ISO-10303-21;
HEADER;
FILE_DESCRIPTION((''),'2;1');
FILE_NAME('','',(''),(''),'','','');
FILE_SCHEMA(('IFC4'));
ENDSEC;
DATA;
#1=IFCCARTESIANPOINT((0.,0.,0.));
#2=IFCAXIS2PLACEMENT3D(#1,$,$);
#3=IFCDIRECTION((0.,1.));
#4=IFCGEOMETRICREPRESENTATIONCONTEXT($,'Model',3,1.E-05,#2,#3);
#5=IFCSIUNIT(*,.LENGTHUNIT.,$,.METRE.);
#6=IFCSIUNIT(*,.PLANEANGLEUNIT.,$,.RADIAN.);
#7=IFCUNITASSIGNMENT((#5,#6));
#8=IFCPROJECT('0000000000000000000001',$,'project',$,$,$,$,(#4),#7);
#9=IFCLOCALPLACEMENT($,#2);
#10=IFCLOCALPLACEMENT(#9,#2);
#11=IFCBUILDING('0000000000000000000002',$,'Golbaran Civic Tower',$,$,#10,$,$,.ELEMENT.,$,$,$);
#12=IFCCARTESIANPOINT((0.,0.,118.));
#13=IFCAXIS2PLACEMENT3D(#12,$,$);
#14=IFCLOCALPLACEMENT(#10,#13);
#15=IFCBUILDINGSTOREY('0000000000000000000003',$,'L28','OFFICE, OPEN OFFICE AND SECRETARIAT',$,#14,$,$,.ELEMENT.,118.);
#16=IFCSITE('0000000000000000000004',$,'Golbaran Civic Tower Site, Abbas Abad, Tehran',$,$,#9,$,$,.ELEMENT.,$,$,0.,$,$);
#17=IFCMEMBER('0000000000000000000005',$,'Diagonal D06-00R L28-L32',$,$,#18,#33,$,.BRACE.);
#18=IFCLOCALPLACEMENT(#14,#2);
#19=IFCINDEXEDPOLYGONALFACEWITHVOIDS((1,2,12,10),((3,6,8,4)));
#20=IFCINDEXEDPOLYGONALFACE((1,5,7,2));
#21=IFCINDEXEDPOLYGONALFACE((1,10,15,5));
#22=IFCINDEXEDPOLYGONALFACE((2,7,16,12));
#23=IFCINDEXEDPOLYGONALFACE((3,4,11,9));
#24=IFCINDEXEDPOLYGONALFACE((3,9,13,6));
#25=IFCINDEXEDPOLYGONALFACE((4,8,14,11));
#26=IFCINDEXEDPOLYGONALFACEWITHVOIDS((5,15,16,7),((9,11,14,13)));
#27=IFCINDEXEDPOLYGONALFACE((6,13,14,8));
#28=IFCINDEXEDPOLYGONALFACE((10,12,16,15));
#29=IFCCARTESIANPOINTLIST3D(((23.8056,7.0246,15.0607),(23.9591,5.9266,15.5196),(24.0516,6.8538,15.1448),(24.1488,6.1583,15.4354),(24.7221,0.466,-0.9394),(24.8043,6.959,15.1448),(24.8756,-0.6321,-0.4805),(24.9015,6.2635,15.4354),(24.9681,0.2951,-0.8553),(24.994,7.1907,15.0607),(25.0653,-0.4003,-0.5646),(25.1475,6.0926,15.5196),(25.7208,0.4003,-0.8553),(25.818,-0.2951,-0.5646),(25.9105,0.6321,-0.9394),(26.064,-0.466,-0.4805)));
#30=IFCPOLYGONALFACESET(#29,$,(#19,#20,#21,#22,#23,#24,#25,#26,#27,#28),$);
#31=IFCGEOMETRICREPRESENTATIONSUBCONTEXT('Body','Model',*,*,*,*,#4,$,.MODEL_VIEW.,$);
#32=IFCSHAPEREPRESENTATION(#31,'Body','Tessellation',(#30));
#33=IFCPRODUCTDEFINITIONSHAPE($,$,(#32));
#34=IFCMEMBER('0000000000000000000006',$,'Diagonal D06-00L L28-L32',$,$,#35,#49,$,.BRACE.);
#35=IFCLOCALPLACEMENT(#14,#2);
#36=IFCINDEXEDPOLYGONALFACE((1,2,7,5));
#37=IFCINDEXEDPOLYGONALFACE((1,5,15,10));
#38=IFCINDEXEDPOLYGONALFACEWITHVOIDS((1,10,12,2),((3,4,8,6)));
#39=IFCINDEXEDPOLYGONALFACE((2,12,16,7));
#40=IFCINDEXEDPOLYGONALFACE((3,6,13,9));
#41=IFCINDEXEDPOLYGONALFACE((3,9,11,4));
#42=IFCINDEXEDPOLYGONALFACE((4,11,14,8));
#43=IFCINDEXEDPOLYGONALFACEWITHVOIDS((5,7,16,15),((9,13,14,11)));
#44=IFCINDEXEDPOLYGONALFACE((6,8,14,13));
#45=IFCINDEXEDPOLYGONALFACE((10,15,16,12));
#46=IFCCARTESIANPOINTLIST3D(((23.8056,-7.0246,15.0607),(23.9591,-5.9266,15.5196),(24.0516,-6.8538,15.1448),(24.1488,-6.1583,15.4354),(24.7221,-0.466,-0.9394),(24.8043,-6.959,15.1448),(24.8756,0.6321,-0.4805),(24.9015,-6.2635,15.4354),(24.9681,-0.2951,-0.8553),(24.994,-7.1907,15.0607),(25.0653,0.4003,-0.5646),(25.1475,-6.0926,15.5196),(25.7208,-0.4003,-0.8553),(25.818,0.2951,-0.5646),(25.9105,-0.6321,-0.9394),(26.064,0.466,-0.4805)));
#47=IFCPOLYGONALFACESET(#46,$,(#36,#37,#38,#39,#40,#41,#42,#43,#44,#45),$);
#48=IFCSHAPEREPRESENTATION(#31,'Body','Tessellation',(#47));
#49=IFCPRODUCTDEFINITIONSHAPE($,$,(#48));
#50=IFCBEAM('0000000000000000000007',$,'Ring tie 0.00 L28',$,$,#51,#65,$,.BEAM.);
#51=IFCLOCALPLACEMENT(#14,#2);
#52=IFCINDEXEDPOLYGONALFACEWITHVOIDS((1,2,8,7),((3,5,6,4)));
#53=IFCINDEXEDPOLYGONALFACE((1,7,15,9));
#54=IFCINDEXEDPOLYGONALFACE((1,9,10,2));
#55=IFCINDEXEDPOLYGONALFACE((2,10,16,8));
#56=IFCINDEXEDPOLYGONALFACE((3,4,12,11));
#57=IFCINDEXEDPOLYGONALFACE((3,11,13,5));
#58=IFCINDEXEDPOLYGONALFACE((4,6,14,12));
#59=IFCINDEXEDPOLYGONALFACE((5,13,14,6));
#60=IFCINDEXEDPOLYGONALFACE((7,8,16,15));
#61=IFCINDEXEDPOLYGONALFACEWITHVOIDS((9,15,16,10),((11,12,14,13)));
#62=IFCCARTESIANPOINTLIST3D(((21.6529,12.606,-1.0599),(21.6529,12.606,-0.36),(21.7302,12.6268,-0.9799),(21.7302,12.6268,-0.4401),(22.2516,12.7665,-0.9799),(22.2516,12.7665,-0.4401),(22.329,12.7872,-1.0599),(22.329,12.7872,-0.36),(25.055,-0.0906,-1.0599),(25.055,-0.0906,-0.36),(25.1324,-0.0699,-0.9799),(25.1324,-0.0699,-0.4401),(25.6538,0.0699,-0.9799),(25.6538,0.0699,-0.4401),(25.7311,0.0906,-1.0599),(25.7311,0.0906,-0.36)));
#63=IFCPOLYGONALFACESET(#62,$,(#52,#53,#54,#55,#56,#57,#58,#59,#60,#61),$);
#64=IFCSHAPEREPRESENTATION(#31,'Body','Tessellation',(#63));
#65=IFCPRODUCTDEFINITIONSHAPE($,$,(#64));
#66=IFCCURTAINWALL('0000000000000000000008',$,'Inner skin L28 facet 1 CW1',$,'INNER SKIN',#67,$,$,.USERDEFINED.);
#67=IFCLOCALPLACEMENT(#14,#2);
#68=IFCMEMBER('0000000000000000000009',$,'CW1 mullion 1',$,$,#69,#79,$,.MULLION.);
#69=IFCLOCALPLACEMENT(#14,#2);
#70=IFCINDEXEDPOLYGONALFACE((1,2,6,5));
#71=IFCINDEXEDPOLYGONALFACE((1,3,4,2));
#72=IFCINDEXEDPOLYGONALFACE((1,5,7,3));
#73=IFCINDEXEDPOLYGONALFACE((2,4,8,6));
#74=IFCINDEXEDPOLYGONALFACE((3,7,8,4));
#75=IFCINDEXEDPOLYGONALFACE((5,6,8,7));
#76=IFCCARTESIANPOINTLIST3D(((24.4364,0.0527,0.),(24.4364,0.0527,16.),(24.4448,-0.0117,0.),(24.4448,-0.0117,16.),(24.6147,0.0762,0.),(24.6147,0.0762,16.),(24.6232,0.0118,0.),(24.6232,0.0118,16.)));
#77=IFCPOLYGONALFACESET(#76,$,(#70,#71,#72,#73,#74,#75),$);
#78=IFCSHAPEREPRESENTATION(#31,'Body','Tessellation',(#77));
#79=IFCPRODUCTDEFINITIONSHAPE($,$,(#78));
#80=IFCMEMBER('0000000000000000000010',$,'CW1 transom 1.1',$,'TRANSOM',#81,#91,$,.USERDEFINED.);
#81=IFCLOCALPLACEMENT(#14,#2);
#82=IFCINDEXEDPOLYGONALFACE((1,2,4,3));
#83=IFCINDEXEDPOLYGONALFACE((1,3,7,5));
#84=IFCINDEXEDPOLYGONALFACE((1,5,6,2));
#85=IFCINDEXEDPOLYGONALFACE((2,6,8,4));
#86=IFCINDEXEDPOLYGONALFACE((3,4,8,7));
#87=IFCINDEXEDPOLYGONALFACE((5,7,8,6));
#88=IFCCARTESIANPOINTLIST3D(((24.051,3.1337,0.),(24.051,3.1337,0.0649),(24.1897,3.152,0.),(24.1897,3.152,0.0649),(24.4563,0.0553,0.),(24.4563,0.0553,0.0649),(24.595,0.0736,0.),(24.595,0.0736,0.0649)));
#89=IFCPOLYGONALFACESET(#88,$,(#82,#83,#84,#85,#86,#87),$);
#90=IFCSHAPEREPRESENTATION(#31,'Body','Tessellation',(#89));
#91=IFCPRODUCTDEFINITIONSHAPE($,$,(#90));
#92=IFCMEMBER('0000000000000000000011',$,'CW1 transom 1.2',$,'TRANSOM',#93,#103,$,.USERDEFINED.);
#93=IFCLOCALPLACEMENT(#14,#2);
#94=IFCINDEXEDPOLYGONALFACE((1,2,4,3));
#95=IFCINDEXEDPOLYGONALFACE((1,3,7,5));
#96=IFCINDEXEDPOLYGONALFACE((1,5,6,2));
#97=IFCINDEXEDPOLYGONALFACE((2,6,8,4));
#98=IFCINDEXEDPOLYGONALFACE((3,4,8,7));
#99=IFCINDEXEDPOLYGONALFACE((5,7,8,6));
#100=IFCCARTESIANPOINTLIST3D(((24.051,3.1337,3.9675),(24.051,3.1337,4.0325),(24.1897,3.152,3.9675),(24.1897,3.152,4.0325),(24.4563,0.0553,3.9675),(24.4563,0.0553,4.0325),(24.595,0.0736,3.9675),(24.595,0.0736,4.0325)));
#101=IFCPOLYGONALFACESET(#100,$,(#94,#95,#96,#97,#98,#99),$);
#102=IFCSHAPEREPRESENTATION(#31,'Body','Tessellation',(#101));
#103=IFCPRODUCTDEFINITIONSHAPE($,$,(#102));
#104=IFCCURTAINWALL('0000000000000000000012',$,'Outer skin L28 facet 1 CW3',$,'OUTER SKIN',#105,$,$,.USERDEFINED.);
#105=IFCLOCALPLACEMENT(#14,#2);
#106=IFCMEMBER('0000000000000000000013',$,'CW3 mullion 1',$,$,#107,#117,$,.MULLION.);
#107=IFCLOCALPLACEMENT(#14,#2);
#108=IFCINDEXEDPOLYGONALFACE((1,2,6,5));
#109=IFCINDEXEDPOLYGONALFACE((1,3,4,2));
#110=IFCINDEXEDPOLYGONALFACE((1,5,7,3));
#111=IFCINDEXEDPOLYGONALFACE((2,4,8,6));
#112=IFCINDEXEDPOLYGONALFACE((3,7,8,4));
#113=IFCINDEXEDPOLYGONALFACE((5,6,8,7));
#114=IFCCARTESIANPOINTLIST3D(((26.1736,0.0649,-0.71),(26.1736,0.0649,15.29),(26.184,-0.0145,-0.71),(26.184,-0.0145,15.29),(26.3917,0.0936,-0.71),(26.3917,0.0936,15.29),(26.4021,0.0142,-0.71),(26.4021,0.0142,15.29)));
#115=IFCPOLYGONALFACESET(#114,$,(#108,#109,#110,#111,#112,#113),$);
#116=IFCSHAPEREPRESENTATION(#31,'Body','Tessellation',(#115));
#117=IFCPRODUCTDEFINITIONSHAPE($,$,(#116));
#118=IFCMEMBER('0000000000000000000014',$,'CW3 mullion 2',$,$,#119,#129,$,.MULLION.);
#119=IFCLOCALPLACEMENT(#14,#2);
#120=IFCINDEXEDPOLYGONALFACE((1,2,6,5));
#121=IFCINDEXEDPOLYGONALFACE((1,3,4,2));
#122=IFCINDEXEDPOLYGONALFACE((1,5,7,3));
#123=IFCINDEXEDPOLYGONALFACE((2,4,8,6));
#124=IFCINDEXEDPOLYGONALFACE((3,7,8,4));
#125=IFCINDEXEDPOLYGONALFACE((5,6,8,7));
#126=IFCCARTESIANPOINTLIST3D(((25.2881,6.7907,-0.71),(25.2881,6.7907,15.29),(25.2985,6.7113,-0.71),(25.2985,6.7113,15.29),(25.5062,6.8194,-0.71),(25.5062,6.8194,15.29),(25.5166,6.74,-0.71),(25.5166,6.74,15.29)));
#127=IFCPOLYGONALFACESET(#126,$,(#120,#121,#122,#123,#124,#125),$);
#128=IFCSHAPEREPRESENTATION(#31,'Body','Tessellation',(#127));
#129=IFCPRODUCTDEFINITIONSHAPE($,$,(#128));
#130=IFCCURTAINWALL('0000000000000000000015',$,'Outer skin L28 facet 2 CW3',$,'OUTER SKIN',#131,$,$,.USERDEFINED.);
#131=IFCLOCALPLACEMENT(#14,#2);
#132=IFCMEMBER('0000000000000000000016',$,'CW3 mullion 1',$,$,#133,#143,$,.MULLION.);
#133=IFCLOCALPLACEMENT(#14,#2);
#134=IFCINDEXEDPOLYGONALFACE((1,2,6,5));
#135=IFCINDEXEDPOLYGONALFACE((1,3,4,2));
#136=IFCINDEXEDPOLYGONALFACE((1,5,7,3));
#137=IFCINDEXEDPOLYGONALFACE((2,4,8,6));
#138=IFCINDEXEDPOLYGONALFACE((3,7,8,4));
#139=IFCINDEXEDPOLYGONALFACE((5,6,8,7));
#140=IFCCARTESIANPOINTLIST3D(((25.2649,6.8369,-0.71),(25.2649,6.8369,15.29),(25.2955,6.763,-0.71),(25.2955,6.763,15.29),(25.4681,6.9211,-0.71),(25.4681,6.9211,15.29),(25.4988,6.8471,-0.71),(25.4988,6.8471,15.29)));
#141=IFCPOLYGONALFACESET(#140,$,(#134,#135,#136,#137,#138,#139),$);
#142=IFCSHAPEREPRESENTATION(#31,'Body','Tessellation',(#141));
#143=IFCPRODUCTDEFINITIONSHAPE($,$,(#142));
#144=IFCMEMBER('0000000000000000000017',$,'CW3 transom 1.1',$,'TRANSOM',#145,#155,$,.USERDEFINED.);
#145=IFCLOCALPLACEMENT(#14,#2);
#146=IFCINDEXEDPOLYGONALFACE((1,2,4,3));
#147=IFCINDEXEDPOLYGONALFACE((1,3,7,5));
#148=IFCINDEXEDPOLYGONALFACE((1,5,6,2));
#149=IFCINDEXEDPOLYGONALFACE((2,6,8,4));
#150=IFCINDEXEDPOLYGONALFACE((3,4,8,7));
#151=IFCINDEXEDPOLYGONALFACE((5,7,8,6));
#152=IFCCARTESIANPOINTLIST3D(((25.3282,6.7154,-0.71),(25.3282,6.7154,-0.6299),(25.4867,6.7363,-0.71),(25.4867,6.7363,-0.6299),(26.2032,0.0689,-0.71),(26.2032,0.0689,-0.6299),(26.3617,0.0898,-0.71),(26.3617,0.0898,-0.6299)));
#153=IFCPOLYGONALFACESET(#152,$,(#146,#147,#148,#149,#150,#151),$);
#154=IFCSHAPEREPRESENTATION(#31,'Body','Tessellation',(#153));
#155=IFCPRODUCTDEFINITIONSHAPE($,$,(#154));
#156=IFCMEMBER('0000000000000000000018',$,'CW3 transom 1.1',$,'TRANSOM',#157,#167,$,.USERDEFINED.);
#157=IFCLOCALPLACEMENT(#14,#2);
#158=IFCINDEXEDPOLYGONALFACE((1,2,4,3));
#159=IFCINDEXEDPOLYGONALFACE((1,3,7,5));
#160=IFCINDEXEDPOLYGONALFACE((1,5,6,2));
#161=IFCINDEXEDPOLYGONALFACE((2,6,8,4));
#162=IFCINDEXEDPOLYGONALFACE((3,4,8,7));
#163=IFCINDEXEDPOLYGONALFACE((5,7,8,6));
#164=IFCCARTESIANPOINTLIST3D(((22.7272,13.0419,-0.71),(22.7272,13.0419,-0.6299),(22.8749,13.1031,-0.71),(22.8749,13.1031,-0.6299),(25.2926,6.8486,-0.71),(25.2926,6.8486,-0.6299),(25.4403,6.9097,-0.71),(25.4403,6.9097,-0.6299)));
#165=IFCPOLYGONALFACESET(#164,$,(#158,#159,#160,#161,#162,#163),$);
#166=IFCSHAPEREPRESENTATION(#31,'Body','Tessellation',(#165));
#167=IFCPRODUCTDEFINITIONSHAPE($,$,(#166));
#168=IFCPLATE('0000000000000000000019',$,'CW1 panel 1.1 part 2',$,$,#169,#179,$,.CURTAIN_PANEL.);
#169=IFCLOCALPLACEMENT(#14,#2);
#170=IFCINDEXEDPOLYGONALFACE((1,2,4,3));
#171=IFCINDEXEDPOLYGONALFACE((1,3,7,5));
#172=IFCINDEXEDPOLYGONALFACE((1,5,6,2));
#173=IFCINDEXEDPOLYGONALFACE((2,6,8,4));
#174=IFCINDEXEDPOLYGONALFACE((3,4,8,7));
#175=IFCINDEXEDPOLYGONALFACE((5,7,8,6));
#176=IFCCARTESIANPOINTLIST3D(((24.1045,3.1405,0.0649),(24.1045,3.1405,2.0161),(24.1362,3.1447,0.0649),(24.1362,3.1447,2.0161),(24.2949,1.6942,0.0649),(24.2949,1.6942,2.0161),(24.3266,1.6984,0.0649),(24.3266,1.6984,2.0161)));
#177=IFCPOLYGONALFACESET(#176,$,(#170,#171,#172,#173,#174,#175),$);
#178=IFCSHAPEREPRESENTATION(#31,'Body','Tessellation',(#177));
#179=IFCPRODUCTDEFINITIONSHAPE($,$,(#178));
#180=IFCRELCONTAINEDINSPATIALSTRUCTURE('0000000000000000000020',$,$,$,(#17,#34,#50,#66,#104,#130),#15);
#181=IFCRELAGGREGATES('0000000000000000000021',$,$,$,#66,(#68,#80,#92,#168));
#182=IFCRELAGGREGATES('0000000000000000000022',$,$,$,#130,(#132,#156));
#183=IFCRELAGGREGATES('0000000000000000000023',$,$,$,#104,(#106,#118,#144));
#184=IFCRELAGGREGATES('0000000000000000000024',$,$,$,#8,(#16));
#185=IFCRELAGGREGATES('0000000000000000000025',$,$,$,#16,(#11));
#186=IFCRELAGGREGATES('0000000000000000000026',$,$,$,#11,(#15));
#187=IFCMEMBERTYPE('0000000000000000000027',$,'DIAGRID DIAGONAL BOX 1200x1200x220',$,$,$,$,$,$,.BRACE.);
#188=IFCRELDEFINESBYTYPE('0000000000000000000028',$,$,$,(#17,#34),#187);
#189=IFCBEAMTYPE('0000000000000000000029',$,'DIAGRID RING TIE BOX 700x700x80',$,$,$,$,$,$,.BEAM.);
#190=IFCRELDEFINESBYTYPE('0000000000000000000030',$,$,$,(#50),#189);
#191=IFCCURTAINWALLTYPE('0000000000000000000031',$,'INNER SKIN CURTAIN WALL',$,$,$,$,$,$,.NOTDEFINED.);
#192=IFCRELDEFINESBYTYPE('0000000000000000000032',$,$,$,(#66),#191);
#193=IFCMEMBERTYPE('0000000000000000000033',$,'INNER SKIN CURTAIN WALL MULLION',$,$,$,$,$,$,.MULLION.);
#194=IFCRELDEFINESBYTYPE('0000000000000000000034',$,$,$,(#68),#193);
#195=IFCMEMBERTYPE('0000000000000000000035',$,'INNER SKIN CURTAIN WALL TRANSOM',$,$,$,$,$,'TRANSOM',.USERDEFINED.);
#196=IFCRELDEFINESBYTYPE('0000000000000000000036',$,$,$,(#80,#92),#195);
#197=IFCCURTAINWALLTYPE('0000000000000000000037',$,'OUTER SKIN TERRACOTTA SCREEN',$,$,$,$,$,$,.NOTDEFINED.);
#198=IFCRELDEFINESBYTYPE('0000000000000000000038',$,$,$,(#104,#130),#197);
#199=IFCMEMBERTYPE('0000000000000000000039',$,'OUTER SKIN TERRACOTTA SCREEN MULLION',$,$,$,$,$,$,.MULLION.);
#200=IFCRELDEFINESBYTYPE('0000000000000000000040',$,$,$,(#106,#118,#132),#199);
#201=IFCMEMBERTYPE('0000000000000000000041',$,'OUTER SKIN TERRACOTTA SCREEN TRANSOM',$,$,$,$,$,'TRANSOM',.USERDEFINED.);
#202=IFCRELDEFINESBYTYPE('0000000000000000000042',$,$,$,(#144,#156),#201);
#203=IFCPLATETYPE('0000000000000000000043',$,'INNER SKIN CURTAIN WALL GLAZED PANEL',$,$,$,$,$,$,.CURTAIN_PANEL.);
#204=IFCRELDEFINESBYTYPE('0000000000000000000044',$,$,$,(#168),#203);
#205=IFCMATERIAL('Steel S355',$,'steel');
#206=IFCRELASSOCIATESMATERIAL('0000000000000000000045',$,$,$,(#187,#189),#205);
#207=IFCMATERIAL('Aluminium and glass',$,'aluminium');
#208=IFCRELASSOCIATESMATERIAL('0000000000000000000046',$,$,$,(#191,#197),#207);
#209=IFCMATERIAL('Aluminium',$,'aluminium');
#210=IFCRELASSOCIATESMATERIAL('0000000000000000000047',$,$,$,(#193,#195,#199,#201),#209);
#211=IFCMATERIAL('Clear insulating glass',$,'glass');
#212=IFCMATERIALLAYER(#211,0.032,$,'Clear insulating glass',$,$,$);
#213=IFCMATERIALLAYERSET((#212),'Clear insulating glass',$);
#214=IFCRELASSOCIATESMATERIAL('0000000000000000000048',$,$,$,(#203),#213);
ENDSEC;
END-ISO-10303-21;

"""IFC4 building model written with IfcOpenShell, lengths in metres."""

from ifc_helpers import new_model, si_unit, direction, frame, origin, origin_2d, place, context, subcontext, project, spatial, rectangle, hollow_rectangle, extrude, material, layer, layer_set, material_profile, profile_set, type_object, element, aggregate, save


model = new_model("IFC4")

# Units and contexts
model_context = context("Model", 3, precision=1e-05, world=origin(), true_north=direction((0.0, 1.0)))
body_context = subcontext(model_context, "Body", "Model", "MODEL_VIEW")
ifc_project = project(units=[si_unit("LENGTHUNIT", "METRE"), si_unit("PLANEANGLEUNIT", "RADIAN")], contexts=[model_context])

# Site, building, storey
site_placement = place(None, origin())
site = spatial("IfcSite", under=ifc_project, at=site_placement, Name="Golbaran Civic Tower Site, Abbas Abad, Tehran", CompositionType="ELEMENT", RefElevation=0.0)
building_placement = place(site_placement, origin())
building = spatial("IfcBuilding", under=site, at=building_placement, Name="Golbaran Civic Tower", CompositionType="ELEMENT")
storey_placement = place(building_placement, frame((0.0, 0.0, 118.0)))
storey = spatial("IfcBuildingStorey", under=building, at=storey_placement, Name="L28", Description="OFFICE, OPEN OFFICE AND SECRETARIAT", CompositionType="ELEMENT", Elevation=118.0)

# Members
ifc_material_1 = material(Name="Steel S355", Category="steel")
ifc_material_profile_1 = material_profile(ifc_material_1, hollow_rectangle(XDim=1.2, YDim=1.2, WallThickness=0.22, at=origin_2d()), Name="BOX 1200x1200x220")
ifc_profile_set_1 = profile_set([ifc_material_profile_1], Name="Steel S355")
member_type_1 = type_object("IfcMemberType", Name="DIAGRID DIAGONAL BOX 1200x1200x220", PredefinedType="BRACE", material=ifc_profile_set_1)
for number, where, z_axis, x_axis, name in (
    (1, (25.3931, 0.0, -0.71), (-0.052927, 0.378752, 0.923984), (-0.990377, -0.138396, 0.0), "Diagonal D06-00R L28-L32"),
    (2, (25.3931, 0.0, -0.71), (-0.052927, -0.378752, 0.923984), (0.990377, -0.138396, 0.0), "Diagonal D06-00L L28-L32"),
):
    element("IfcMember", number, at=place(storey_placement, frame(where, z_axis=z_axis, x_axis=x_axis)), inside=storey, type_object=member_type_1, Name=name, PredefinedType="BRACE", context=body_context, shape_type="SweptSolid", body=[
        extrude(hollow_rectangle(XDim=1.2, YDim=1.2, WallThickness=0.22, at=origin_2d()), origin(), (0.0, 0.0, 1.0), 17.3164),
    ])

# Beam
ifc_material_profile_2 = material_profile(ifc_material_1, hollow_rectangle(XDim=0.7, YDim=0.7, WallThickness=0.0801, at=origin_2d()), Name="BOX 700x700x80")
ifc_profile_set_2 = profile_set([ifc_material_profile_2], Name="Steel S355")
beam_type = type_object("IfcBeamType", Name="DIAGRID RING TIE BOX 700x700x80", PredefinedType="BEAM", material=ifc_profile_set_2)
beam_placement = place(storey_placement, frame((25.3931, 0.0, -0.71), z_axis=(-0.258824, 0.965924, 0.0), x_axis=(-0.965924, -0.258824, 0.0)))
element("IfcBeam", 3, at=beam_placement, inside=storey, type_object=beam_type, Name="Ring tie 0.00 L28", PredefinedType="BEAM", context=body_context, shape_type="SweptSolid", body=[
    extrude(hollow_rectangle(XDim=0.7, YDim=0.7, WallThickness=0.0801, at=origin_2d()), origin(), (0.0, 0.0, 1.0), 13.1445),
])

# Curtain walls, members
ifc_material_2 = material(Name="Aluminium and glass", Category="aluminium")
curtain_wall_type_1 = type_object("IfcCurtainWallType", Name="INNER SKIN CURTAIN WALL", PredefinedType="NOTDEFINED", material=ifc_material_2)
curtain_wall_1_placement = place(storey_placement, origin())
curtain_wall_1 = element("IfcCurtainWall", 4, at=curtain_wall_1_placement, inside=storey, type_object=curtain_wall_type_1, Name="Inner skin L28 facet 1 CW1", ObjectType="INNER SKIN", PredefinedType="USERDEFINED")
ifc_material_3 = material(Name="Aluminium", Category="aluminium")
ifc_material_profile_3 = material_profile(ifc_material_3, rectangle(XDim=0.1799, YDim=0.0649, at=origin_2d()), Name="INNER SKIN CURTAIN WALL MULLION")
ifc_profile_set_3 = profile_set([ifc_material_profile_3], Name="Aluminium")
member_type_2 = type_object("IfcMemberType", Name="INNER SKIN CURTAIN WALL MULLION", PredefinedType="MULLION", material=ifc_profile_set_3)
member_1_placement = place(storey_placement, frame((24.5298, 0.0322, 0.0), z_axis=(0.0, 0.0, 1.0), x_axis=(-0.991445, -0.130526, 0.0)))
member_1 = element("IfcMember", 5, at=member_1_placement, type_object=member_type_2, Name="CW1 mullion 1", PredefinedType="MULLION", context=body_context, shape_type="SweptSolid", body=[
    extrude(rectangle(XDim=0.1799, YDim=0.0649, at=origin_2d()), origin(), (0.0, 0.0, 1.0), 16.0),
])
ifc_material_profile_4 = material_profile(ifc_material_3, rectangle(XDim=0.1399, YDim=0.0649, at=origin_2d()), Name="INNER SKIN CURTAIN WALL TRANSOM")
ifc_profile_set_4 = profile_set([ifc_material_profile_4], Name="Aluminium")
member_type_3 = type_object("IfcMemberType", Name="INNER SKIN CURTAIN WALL TRANSOM", ElementType="TRANSOM", PredefinedType="USERDEFINED", material=ifc_profile_set_4)
member_2_placement = place(storey_placement, frame((24.5256, 0.0645, 0.0325), z_axis=(-0.130526, 0.991445, 0.0), x_axis=(-0.991445, -0.130526, 0.0)))
member_2 = element("IfcMember", 6, at=member_2_placement, type_object=member_type_3, Name="CW1 transom 1.1", ObjectType="TRANSOM", PredefinedType="USERDEFINED", context=body_context, shape_type="SweptSolid", body=[
    extrude(rectangle(XDim=0.1399, YDim=0.0649, at=origin_2d()), origin(), (0.0, 0.0, 1.0), 3.105),
])
member_3_placement = place(storey_placement, frame((24.5256, 0.0645, 4.0), z_axis=(-0.130526, 0.991445, 0.0), x_axis=(-0.991445, -0.130526, 0.0)))
member_3 = element("IfcMember", 7, at=member_3_placement, type_object=member_type_3, Name="CW1 transom 1.2", ObjectType="TRANSOM", PredefinedType="USERDEFINED", context=body_context, shape_type="SweptSolid", body=[
    extrude(rectangle(XDim=0.1399, YDim=0.0649, at=origin_2d()), origin(), (0.0, 0.0, 1.0), 3.105),
])
curtain_wall_type_2 = type_object("IfcCurtainWallType", Name="OUTER SKIN TERRACOTTA SCREEN", PredefinedType="NOTDEFINED", material=ifc_material_2)
curtain_wall_2_placement = place(storey_placement, origin())
curtain_wall_2 = element("IfcCurtainWall", 8, at=curtain_wall_2_placement, inside=storey, type_object=curtain_wall_type_2, Name="Outer skin L28 facet 1 CW3", ObjectType="OUTER SKIN", PredefinedType="USERDEFINED")
ifc_material_profile_5 = material_profile(ifc_material_3, rectangle(XDim=0.22, YDim=0.0801, at=origin_2d()), Name="OUTER SKIN TERRACOTTA SCREEN MULLION")
ifc_profile_set_5 = profile_set([ifc_material_profile_5], Name="Aluminium")
member_type_4 = type_object("IfcMemberType", Name="OUTER SKIN TERRACOTTA SCREEN MULLION", PredefinedType="MULLION", material=ifc_profile_set_5)
member_4_placement = place(storey_placement, frame((26.2878, 0.0396, -0.71), z_axis=(0.0, 0.0, 1.0), x_axis=(-0.991445, -0.130526, 0.0)))
member_4 = element("IfcMember", 9, at=member_4_placement, type_object=member_type_4, Name="CW3 mullion 1", PredefinedType="MULLION", context=body_context, shape_type="SweptSolid", body=[
    extrude(rectangle(XDim=0.22, YDim=0.0801, at=origin_2d()), origin(), (0.0, 0.0, 1.0), 16.0),
])
member_5_placement = place(storey_placement, frame((25.4023, 6.7654, -0.71), z_axis=(0.0, 0.0, 1.0), x_axis=(-0.991445, -0.130526, 0.0)))
member_5 = element("IfcMember", 10, at=member_5_placement, type_object=member_type_4, Name="CW3 mullion 2", PredefinedType="MULLION", context=body_context, shape_type="SweptSolid", body=[
    extrude(rectangle(XDim=0.22, YDim=0.0801, at=origin_2d()), origin(), (0.0, 0.0, 1.0), 16.0),
])

# Curtain wall, member
curtain_wall_3_placement = place(storey_placement, origin())
curtain_wall_3 = element("IfcCurtainWall", 11, at=curtain_wall_3_placement, inside=storey, type_object=curtain_wall_type_2, Name="Outer skin L28 facet 2 CW3", ObjectType="OUTER SKIN", PredefinedType="USERDEFINED")
member_6_placement = place(storey_placement, frame((25.3818, 6.842, -0.71), z_axis=(0.0, 0.0, 1.0), x_axis=(-0.92388, -0.382683, 0.0)))
member_6 = element("IfcMember", 12, at=member_6_placement, type_object=member_type_4, Name="CW3 mullion 1", PredefinedType="MULLION", context=body_context, shape_type="SweptSolid", body=[
    extrude(rectangle(XDim=0.22, YDim=0.0801, at=origin_2d()), origin(), (0.0, 0.0, 1.0), 16.0),
])

# Members
ifc_material_profile_6 = material_profile(ifc_material_3, rectangle(XDim=0.1599, YDim=0.0801, at=origin_2d()), Name="OUTER SKIN TERRACOTTA SCREEN TRANSOM")
ifc_profile_set_6 = profile_set([ifc_material_profile_6], Name="Aluminium")
member_type_5 = type_object("IfcMemberType", Name="OUTER SKIN TERRACOTTA SCREEN TRANSOM", ElementType="TRANSOM", PredefinedType="USERDEFINED", material=ifc_profile_set_6)
member_7_placement = place(storey_placement, frame((26.2825, 0.0793, -0.6699), z_axis=(-0.130522, 0.991445, 0.0), x_axis=(-0.991445, -0.130522, 0.0)))
member_7 = element("IfcMember", 13, at=member_7_placement, type_object=member_type_5, Name="CW3 transom 1.1", ObjectType="TRANSOM", PredefinedType="USERDEFINED", context=body_context, shape_type="SweptSolid", body=[
    extrude(rectangle(XDim=0.1599, YDim=0.0801, at=origin_2d()), origin(), (0.0, 0.0, 1.0), 6.7039),
])
member_8_placement = place(storey_placement, frame((25.3665, 6.8792, -0.6699), z_axis=(-0.382691, 0.923877, 0.0), x_axis=(-0.923877, -0.382691, 0.0)))
member_8 = element("IfcMember", 14, at=member_8_placement, type_object=member_type_5, Name="CW3 transom 1.1", ObjectType="TRANSOM", PredefinedType="USERDEFINED", context=body_context, shape_type="SweptSolid", body=[
    extrude(rectangle(XDim=0.1599, YDim=0.0801, at=origin_2d()), origin(), (0.0, 0.0, 1.0), 6.7036),
])

# Plate
ifc_material_4 = material(Name="Clear insulating glass", Category="glass")
ifc_layer_1 = layer(ifc_material_4, 0.032, Name="Clear insulating glass")
ifc_layer_set_1 = layer_set([ifc_layer_1], Name="Clear insulating glass")
plate_type_1 = type_object("IfcPlateType", Name="INNER SKIN CURTAIN WALL GLAZED PANEL", PredefinedType="CURTAIN_PANEL", material=ifc_layer_set_1)
plate_1_placement = place(storey_placement, frame((24.2156, 2.4194, 0.0649), z_axis=(0.0, 0.0, 1.0), x_axis=(-0.130526, 0.991445, 0.0)))
plate_1 = element("IfcPlate", 15, at=plate_1_placement, type_object=plate_type_1, Name="CW1 panel 1.1 part 2", PredefinedType="CURTAIN_PANEL", context=body_context, shape_type="SweptSolid", body=[
    extrude(rectangle(XDim=1.4587, YDim=0.032, at=origin_2d()), origin(), (0.0, 0.0, 1.0), 1.9512),
])
aggregate(curtain_wall_1, [member_1, member_2, member_3, plate_1])
aggregate(curtain_wall_3, [member_6, member_8])
aggregate(curtain_wall_2, [member_4, member_5, member_7])

save(model, "model.ifc")
